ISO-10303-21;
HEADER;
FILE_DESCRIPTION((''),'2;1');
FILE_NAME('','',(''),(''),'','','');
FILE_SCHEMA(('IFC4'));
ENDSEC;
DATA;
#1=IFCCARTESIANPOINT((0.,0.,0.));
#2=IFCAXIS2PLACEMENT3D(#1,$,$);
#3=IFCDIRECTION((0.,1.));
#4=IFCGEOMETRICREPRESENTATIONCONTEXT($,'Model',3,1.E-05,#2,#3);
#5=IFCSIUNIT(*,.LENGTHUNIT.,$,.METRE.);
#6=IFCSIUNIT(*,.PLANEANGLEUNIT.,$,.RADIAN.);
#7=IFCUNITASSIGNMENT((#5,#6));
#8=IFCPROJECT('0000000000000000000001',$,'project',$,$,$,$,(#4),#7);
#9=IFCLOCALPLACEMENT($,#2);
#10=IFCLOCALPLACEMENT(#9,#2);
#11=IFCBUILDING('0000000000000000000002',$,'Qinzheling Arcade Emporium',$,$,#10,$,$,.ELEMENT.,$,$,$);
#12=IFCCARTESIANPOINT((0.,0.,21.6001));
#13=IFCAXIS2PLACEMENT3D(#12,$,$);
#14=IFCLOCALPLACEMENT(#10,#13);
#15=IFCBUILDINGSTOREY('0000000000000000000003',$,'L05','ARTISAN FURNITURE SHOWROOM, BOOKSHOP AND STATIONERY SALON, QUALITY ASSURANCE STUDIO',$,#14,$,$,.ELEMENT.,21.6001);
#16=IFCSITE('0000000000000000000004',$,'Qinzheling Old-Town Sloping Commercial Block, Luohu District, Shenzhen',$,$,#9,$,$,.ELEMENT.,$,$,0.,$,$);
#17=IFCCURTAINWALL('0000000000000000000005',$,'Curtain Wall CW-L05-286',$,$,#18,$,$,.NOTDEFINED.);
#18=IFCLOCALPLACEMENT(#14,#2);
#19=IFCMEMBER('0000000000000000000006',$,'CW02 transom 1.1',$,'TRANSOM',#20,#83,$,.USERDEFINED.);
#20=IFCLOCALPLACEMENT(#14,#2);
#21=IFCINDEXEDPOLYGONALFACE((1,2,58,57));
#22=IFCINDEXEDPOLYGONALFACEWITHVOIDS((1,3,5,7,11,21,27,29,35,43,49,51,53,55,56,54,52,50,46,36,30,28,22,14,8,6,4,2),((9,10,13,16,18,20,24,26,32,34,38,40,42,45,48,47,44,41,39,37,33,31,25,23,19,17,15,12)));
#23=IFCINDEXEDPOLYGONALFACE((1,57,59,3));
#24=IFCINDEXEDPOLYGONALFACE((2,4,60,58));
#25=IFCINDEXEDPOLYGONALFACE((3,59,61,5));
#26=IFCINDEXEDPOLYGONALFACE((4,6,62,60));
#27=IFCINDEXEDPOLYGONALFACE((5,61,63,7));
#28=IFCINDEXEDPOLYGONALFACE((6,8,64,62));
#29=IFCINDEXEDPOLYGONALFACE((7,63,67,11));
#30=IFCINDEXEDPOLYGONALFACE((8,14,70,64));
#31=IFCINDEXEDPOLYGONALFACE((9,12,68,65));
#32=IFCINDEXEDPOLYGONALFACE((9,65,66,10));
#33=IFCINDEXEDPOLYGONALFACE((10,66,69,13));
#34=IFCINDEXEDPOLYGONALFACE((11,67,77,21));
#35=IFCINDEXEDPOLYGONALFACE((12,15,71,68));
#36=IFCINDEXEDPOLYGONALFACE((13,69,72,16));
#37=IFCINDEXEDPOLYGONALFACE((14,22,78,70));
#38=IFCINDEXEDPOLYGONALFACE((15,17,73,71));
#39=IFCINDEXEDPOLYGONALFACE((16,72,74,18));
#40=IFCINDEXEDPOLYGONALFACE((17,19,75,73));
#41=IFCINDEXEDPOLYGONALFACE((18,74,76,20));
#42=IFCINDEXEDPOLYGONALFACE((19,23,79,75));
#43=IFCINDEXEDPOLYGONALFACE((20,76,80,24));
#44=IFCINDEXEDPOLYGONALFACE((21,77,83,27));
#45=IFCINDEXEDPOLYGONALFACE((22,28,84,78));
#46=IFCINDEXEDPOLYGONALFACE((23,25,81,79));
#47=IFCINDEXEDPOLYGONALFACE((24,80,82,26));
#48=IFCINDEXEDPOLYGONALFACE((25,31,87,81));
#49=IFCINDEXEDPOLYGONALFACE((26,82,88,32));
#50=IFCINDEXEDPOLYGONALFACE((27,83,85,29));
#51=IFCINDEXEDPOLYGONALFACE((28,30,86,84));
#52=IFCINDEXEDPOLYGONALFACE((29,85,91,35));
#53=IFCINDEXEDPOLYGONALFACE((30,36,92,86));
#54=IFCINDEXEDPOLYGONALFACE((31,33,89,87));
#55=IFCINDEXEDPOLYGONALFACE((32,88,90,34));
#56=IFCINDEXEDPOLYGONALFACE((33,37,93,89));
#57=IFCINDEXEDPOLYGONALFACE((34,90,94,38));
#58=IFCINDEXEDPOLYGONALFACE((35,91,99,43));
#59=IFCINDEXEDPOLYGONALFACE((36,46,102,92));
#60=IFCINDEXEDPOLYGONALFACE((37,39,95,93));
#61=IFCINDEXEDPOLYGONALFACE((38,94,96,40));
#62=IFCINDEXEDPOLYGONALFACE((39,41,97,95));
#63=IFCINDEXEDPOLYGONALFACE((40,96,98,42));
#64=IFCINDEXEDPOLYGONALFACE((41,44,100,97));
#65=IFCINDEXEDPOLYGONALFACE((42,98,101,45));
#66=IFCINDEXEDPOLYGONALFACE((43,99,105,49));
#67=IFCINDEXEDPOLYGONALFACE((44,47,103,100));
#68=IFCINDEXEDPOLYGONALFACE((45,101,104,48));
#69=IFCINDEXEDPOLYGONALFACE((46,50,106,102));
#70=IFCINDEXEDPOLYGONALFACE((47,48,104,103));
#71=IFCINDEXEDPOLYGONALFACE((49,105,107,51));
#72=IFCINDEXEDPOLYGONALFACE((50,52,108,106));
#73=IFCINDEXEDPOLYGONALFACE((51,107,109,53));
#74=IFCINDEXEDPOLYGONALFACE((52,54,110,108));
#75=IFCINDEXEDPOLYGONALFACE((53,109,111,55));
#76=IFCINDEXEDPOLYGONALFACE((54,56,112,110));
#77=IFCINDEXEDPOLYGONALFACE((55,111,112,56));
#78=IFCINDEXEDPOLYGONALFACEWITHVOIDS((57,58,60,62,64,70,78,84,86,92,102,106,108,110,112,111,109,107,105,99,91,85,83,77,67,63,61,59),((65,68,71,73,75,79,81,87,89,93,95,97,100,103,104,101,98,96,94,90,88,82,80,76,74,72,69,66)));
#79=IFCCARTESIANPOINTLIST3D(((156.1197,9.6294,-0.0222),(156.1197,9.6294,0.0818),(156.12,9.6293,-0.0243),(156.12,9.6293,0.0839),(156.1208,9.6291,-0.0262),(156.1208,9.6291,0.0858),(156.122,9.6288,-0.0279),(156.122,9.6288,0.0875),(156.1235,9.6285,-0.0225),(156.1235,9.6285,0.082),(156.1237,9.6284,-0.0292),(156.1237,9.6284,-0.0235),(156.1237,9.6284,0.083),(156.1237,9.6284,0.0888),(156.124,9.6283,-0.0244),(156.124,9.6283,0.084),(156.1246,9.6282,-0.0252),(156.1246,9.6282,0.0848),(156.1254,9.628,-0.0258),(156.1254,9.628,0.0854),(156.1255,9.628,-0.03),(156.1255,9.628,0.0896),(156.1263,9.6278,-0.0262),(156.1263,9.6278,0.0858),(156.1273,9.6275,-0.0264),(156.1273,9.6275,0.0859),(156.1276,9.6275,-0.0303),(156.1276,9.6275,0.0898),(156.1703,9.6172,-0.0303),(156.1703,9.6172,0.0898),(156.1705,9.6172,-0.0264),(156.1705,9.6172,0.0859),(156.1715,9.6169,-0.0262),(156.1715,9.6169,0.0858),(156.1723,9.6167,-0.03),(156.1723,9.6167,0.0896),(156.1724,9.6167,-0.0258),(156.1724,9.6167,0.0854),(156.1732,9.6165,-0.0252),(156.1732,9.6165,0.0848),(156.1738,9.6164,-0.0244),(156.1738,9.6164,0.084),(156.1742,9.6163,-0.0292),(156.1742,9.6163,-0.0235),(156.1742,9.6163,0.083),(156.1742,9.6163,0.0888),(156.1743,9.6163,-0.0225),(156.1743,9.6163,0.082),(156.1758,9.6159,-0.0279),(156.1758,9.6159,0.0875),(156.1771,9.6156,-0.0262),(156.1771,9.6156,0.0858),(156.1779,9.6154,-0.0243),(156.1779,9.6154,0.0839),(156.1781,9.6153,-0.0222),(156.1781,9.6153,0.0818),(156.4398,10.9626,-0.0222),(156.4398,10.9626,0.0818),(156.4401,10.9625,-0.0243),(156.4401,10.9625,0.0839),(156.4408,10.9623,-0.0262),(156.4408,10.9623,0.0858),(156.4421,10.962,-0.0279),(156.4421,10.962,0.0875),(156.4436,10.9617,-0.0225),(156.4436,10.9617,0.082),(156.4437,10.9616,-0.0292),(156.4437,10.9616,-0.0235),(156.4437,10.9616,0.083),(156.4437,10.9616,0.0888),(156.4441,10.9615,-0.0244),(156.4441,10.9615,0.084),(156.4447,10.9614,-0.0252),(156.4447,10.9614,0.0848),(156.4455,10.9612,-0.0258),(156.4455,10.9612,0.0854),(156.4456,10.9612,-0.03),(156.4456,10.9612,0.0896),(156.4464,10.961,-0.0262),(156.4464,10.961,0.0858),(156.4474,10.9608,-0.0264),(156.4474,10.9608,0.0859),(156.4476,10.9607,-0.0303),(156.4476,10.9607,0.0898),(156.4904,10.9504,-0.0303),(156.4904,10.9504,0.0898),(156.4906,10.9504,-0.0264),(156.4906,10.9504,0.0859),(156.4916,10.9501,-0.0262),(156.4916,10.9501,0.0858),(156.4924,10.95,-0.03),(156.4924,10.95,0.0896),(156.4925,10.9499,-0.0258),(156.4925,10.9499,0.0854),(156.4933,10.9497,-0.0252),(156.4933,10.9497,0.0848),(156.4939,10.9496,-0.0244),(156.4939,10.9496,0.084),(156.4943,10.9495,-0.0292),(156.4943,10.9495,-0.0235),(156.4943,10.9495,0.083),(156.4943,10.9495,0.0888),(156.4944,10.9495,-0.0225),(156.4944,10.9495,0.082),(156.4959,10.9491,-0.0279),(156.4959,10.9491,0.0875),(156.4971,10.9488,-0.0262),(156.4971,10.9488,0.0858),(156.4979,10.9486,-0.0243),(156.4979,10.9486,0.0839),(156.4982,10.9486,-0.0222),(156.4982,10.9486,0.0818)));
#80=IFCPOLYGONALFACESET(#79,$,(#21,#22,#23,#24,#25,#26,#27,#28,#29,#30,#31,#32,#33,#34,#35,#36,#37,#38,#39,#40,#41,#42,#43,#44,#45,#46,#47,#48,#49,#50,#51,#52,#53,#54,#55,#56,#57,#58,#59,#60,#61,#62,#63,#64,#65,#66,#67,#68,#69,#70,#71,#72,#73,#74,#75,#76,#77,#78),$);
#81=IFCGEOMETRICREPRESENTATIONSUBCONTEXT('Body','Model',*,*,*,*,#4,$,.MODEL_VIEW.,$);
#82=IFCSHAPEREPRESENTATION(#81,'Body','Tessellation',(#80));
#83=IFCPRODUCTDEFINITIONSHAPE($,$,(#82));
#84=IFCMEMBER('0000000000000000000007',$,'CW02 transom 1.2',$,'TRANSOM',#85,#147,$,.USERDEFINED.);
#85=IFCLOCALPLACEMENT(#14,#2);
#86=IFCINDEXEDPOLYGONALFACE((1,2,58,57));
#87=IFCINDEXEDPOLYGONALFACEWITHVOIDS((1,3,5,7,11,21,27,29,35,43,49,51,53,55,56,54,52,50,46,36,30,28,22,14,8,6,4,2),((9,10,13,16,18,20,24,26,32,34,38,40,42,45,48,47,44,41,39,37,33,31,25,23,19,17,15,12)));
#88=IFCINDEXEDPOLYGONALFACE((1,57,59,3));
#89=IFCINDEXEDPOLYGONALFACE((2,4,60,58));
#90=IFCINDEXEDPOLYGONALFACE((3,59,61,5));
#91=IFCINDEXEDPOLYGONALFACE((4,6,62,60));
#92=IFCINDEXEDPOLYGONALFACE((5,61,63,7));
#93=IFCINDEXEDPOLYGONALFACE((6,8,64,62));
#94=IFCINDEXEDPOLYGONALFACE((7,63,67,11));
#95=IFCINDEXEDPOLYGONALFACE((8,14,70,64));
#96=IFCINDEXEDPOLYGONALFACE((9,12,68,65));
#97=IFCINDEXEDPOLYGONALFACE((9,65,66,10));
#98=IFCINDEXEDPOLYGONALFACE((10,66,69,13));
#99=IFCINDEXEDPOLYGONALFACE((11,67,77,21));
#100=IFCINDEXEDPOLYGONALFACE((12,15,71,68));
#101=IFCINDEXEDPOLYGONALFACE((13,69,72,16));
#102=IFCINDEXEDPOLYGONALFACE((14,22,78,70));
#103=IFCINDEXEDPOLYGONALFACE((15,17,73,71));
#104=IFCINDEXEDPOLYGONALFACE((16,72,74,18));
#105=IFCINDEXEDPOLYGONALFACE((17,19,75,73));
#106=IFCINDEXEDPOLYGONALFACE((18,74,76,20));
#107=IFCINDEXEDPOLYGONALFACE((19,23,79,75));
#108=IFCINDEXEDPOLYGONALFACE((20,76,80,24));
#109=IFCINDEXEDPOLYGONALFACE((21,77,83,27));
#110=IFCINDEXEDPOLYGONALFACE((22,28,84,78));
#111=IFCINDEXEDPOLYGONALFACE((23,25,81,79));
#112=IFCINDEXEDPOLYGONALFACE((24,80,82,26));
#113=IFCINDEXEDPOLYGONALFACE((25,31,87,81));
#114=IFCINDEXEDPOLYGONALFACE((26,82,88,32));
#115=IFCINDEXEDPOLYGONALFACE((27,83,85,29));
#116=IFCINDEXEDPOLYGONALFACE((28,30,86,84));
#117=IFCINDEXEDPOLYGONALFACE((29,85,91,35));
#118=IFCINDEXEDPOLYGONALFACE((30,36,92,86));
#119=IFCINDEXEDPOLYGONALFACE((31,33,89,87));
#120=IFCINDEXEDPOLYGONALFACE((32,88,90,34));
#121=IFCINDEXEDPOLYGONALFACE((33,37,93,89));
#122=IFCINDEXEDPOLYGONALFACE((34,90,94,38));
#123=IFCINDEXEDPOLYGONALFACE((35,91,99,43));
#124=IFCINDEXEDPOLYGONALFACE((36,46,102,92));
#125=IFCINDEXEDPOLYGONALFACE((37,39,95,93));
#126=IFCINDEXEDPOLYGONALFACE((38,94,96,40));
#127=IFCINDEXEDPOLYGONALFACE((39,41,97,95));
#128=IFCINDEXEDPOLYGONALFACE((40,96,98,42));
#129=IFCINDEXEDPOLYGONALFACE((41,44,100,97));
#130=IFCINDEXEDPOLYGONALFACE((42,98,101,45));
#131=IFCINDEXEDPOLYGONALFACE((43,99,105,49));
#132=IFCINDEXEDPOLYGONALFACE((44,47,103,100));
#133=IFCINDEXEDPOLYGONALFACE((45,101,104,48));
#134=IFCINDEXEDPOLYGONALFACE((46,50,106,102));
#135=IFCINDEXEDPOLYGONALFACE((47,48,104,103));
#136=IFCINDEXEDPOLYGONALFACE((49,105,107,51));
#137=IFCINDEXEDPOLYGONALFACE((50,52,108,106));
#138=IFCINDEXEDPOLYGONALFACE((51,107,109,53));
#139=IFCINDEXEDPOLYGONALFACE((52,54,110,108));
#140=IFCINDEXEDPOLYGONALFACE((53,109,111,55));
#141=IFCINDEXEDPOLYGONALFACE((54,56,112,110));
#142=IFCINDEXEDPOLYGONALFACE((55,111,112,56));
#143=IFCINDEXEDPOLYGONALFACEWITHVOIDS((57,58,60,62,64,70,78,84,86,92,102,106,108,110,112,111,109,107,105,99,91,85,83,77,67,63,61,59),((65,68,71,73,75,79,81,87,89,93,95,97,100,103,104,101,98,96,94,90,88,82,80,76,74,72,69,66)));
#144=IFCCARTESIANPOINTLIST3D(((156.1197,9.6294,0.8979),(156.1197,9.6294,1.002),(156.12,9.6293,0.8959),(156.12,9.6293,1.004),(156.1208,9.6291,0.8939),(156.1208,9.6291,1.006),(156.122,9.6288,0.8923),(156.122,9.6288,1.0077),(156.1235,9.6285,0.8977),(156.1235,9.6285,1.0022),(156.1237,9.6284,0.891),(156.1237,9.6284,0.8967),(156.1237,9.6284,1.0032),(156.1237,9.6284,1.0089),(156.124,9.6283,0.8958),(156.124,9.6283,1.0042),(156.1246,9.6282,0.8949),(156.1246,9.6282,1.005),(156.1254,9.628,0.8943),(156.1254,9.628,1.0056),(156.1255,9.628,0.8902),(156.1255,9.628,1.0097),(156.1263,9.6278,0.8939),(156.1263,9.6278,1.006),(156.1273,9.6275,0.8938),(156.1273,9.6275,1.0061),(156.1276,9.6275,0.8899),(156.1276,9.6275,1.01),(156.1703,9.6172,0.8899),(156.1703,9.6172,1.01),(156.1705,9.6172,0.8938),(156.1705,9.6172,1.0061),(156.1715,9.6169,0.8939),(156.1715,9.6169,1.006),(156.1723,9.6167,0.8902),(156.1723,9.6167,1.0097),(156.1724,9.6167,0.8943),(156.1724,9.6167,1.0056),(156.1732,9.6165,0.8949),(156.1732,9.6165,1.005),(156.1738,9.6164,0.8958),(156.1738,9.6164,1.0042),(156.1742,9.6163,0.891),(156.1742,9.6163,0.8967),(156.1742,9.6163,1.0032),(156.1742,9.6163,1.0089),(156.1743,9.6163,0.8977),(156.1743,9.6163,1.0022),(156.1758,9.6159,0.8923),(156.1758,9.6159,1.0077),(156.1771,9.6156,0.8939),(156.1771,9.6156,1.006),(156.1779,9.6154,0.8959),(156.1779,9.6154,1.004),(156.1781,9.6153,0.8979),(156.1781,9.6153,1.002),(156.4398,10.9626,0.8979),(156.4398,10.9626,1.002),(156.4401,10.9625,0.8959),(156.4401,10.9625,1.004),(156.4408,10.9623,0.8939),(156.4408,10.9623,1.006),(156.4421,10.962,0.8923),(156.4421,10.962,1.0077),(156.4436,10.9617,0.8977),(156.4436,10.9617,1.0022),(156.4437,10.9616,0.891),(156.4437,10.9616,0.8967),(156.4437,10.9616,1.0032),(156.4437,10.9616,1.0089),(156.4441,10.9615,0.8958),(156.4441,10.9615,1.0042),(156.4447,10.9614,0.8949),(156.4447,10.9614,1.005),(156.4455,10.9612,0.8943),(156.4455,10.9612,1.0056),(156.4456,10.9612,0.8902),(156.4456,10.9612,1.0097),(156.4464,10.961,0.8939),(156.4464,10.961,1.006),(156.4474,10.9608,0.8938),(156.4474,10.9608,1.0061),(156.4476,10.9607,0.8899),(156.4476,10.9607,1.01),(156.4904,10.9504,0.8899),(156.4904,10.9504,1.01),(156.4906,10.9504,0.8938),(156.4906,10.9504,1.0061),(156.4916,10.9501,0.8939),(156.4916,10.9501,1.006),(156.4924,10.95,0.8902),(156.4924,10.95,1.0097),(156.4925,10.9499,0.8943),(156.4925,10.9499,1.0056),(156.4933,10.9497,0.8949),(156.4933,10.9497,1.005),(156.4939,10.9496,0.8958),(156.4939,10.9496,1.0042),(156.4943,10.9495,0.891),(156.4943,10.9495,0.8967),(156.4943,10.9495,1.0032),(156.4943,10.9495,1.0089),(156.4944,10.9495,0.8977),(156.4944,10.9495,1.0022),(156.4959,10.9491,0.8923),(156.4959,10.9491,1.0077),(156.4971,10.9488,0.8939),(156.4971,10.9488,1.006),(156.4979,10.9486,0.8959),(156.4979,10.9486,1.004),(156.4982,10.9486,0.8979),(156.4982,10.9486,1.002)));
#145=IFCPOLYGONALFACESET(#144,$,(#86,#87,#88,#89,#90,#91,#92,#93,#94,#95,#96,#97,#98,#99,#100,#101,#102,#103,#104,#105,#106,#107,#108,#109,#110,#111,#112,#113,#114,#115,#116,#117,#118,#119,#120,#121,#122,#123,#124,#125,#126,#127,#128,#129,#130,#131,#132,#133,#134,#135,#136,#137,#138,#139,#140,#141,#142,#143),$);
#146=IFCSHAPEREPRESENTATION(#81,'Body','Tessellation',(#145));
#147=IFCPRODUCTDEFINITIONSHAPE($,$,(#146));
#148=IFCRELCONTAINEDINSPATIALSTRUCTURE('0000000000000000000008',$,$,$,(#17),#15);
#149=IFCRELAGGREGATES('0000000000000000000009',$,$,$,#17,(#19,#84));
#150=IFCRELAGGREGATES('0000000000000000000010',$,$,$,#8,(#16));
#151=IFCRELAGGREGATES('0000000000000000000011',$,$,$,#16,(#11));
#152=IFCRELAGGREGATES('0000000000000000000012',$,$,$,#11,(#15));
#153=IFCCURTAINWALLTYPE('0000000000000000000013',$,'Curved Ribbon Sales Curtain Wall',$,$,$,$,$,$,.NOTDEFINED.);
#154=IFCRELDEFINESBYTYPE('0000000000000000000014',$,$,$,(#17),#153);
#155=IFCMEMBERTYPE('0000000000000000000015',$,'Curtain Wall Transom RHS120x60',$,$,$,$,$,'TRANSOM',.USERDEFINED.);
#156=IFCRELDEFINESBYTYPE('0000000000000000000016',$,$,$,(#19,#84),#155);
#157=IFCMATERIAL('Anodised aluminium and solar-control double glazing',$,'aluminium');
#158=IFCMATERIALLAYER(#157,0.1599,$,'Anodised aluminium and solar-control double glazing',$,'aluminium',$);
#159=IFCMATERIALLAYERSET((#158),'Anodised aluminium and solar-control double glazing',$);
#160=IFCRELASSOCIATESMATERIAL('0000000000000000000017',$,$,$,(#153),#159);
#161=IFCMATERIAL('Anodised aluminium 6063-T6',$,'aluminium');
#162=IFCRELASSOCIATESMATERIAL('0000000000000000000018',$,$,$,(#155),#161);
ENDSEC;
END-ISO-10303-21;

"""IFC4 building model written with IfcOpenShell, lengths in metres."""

from ifc_helpers import new_model, si_unit, direction, frame, origin, origin_2d, place, context, subcontext, project, spatial, hollow_rectangle, extrude, material, layer, layer_set, material_profile, profile_set, type_object, element, aggregate, save


model = new_model("IFC4")

# Units and contexts
model_context = context("Model", 3, precision=1e-05, world=origin(), true_north=direction((0.0, 1.0)))
body_context = subcontext(model_context, "Body", "Model", "MODEL_VIEW")
ifc_project = project(units=[si_unit("LENGTHUNIT", "METRE"), si_unit("PLANEANGLEUNIT", "RADIAN")], contexts=[model_context])

# Site, building, storey
site_placement = place(None, origin())
site = spatial("IfcSite", under=ifc_project, at=site_placement, Name="Qinzheling Old-Town Sloping Commercial Block, Luohu District, Shenzhen", CompositionType="ELEMENT", RefElevation=0.0)
building_placement = place(site_placement, origin())
building = spatial("IfcBuilding", under=site, at=building_placement, Name="Qinzheling Arcade Emporium", CompositionType="ELEMENT")
storey_placement = place(building_placement, frame((0.0, 0.0, 21.6001)))
storey = spatial("IfcBuildingStorey", under=building, at=storey_placement, Name="L05", Description="ARTISAN FURNITURE SHOWROOM, BOOKSHOP AND STATIONERY SALON, QUALITY ASSURANCE STUDIO", CompositionType="ELEMENT", Elevation=21.6001)

# Curtain wall
ifc_material_1 = material(Name="Anodised aluminium and solar-control double glazing", Category="aluminium")
ifc_layer_1 = layer(ifc_material_1, 0.1599, Name="Anodised aluminium and solar-control double glazing", Category="aluminium")
ifc_layer_set_1 = layer_set([ifc_layer_1], Name="Anodised aluminium and solar-control double glazing")
curtain_wall_type_1 = type_object("IfcCurtainWallType", Name="Curved Ribbon Sales Curtain Wall", PredefinedType="NOTDEFINED", material=ifc_layer_set_1)
curtain_wall_1_placement = place(storey_placement, origin())
curtain_wall_1 = element("IfcCurtainWall", 1, at=curtain_wall_1_placement, inside=storey, type_object=curtain_wall_type_1, Name="Curtain Wall CW-L05-286", PredefinedType="NOTDEFINED")
ifc_material_2 = material(Name="Anodised aluminium 6063-T6", Category="aluminium")

# Members
ifc_material_profile_1 = material_profile(ifc_material_2, hollow_rectangle(XDim=0.0601, YDim=0.1201, WallThickness=0.0039, InnerFilletRadius=0.0039, OuterFilletRadius=0.0081, at=origin_2d()), Name="RHS 120x60x4", Category="aluminium")
ifc_profile_set_1 = profile_set([ifc_material_profile_1], Name="Anodised aluminium 6063-T6")
member_type_1 = type_object("IfcMemberType", Name="Curtain Wall Transom RHS120x60", ElementType="TRANSOM", PredefinedType="USERDEFINED", material=ifc_profile_set_1)
member_1_placement = place(storey_placement, frame((156.469, 10.9556, 0.0298), z_axis=(-0.233434, -0.972373, 0.0), x_axis=(0.972373, -0.233434, 0.0)))
member_1 = element("IfcMember", 2, at=member_1_placement, type_object=member_type_1, Name="CW02 transom 1.1", ObjectType="TRANSOM", PredefinedType="USERDEFINED", context=body_context, shape_type="SweptSolid", body=[
    extrude(hollow_rectangle(XDim=0.0601, YDim=0.1201, WallThickness=0.0039, InnerFilletRadius=0.0039, OuterFilletRadius=0.0081, at=origin_2d()), origin(), (0.0, 0.0, 1.0), 1.3711),
])
member_2_placement = place(storey_placement, frame((156.469, 10.9556, 0.95), z_axis=(-0.233434, -0.972373, 0.0), x_axis=(0.972373, -0.233434, 0.0)))
member_2 = element("IfcMember", 3, at=member_2_placement, type_object=member_type_1, Name="CW02 transom 1.2", ObjectType="TRANSOM", PredefinedType="USERDEFINED", context=body_context, shape_type="SweptSolid", body=[
    extrude(hollow_rectangle(XDim=0.0601, YDim=0.1201, WallThickness=0.0039, InnerFilletRadius=0.0039, OuterFilletRadius=0.0081, at=origin_2d()), origin(), (0.0, 0.0, 1.0), 1.3711),
])

aggregate(curtain_wall_1, [member_1, member_2])

save(model, "model.ifc")
